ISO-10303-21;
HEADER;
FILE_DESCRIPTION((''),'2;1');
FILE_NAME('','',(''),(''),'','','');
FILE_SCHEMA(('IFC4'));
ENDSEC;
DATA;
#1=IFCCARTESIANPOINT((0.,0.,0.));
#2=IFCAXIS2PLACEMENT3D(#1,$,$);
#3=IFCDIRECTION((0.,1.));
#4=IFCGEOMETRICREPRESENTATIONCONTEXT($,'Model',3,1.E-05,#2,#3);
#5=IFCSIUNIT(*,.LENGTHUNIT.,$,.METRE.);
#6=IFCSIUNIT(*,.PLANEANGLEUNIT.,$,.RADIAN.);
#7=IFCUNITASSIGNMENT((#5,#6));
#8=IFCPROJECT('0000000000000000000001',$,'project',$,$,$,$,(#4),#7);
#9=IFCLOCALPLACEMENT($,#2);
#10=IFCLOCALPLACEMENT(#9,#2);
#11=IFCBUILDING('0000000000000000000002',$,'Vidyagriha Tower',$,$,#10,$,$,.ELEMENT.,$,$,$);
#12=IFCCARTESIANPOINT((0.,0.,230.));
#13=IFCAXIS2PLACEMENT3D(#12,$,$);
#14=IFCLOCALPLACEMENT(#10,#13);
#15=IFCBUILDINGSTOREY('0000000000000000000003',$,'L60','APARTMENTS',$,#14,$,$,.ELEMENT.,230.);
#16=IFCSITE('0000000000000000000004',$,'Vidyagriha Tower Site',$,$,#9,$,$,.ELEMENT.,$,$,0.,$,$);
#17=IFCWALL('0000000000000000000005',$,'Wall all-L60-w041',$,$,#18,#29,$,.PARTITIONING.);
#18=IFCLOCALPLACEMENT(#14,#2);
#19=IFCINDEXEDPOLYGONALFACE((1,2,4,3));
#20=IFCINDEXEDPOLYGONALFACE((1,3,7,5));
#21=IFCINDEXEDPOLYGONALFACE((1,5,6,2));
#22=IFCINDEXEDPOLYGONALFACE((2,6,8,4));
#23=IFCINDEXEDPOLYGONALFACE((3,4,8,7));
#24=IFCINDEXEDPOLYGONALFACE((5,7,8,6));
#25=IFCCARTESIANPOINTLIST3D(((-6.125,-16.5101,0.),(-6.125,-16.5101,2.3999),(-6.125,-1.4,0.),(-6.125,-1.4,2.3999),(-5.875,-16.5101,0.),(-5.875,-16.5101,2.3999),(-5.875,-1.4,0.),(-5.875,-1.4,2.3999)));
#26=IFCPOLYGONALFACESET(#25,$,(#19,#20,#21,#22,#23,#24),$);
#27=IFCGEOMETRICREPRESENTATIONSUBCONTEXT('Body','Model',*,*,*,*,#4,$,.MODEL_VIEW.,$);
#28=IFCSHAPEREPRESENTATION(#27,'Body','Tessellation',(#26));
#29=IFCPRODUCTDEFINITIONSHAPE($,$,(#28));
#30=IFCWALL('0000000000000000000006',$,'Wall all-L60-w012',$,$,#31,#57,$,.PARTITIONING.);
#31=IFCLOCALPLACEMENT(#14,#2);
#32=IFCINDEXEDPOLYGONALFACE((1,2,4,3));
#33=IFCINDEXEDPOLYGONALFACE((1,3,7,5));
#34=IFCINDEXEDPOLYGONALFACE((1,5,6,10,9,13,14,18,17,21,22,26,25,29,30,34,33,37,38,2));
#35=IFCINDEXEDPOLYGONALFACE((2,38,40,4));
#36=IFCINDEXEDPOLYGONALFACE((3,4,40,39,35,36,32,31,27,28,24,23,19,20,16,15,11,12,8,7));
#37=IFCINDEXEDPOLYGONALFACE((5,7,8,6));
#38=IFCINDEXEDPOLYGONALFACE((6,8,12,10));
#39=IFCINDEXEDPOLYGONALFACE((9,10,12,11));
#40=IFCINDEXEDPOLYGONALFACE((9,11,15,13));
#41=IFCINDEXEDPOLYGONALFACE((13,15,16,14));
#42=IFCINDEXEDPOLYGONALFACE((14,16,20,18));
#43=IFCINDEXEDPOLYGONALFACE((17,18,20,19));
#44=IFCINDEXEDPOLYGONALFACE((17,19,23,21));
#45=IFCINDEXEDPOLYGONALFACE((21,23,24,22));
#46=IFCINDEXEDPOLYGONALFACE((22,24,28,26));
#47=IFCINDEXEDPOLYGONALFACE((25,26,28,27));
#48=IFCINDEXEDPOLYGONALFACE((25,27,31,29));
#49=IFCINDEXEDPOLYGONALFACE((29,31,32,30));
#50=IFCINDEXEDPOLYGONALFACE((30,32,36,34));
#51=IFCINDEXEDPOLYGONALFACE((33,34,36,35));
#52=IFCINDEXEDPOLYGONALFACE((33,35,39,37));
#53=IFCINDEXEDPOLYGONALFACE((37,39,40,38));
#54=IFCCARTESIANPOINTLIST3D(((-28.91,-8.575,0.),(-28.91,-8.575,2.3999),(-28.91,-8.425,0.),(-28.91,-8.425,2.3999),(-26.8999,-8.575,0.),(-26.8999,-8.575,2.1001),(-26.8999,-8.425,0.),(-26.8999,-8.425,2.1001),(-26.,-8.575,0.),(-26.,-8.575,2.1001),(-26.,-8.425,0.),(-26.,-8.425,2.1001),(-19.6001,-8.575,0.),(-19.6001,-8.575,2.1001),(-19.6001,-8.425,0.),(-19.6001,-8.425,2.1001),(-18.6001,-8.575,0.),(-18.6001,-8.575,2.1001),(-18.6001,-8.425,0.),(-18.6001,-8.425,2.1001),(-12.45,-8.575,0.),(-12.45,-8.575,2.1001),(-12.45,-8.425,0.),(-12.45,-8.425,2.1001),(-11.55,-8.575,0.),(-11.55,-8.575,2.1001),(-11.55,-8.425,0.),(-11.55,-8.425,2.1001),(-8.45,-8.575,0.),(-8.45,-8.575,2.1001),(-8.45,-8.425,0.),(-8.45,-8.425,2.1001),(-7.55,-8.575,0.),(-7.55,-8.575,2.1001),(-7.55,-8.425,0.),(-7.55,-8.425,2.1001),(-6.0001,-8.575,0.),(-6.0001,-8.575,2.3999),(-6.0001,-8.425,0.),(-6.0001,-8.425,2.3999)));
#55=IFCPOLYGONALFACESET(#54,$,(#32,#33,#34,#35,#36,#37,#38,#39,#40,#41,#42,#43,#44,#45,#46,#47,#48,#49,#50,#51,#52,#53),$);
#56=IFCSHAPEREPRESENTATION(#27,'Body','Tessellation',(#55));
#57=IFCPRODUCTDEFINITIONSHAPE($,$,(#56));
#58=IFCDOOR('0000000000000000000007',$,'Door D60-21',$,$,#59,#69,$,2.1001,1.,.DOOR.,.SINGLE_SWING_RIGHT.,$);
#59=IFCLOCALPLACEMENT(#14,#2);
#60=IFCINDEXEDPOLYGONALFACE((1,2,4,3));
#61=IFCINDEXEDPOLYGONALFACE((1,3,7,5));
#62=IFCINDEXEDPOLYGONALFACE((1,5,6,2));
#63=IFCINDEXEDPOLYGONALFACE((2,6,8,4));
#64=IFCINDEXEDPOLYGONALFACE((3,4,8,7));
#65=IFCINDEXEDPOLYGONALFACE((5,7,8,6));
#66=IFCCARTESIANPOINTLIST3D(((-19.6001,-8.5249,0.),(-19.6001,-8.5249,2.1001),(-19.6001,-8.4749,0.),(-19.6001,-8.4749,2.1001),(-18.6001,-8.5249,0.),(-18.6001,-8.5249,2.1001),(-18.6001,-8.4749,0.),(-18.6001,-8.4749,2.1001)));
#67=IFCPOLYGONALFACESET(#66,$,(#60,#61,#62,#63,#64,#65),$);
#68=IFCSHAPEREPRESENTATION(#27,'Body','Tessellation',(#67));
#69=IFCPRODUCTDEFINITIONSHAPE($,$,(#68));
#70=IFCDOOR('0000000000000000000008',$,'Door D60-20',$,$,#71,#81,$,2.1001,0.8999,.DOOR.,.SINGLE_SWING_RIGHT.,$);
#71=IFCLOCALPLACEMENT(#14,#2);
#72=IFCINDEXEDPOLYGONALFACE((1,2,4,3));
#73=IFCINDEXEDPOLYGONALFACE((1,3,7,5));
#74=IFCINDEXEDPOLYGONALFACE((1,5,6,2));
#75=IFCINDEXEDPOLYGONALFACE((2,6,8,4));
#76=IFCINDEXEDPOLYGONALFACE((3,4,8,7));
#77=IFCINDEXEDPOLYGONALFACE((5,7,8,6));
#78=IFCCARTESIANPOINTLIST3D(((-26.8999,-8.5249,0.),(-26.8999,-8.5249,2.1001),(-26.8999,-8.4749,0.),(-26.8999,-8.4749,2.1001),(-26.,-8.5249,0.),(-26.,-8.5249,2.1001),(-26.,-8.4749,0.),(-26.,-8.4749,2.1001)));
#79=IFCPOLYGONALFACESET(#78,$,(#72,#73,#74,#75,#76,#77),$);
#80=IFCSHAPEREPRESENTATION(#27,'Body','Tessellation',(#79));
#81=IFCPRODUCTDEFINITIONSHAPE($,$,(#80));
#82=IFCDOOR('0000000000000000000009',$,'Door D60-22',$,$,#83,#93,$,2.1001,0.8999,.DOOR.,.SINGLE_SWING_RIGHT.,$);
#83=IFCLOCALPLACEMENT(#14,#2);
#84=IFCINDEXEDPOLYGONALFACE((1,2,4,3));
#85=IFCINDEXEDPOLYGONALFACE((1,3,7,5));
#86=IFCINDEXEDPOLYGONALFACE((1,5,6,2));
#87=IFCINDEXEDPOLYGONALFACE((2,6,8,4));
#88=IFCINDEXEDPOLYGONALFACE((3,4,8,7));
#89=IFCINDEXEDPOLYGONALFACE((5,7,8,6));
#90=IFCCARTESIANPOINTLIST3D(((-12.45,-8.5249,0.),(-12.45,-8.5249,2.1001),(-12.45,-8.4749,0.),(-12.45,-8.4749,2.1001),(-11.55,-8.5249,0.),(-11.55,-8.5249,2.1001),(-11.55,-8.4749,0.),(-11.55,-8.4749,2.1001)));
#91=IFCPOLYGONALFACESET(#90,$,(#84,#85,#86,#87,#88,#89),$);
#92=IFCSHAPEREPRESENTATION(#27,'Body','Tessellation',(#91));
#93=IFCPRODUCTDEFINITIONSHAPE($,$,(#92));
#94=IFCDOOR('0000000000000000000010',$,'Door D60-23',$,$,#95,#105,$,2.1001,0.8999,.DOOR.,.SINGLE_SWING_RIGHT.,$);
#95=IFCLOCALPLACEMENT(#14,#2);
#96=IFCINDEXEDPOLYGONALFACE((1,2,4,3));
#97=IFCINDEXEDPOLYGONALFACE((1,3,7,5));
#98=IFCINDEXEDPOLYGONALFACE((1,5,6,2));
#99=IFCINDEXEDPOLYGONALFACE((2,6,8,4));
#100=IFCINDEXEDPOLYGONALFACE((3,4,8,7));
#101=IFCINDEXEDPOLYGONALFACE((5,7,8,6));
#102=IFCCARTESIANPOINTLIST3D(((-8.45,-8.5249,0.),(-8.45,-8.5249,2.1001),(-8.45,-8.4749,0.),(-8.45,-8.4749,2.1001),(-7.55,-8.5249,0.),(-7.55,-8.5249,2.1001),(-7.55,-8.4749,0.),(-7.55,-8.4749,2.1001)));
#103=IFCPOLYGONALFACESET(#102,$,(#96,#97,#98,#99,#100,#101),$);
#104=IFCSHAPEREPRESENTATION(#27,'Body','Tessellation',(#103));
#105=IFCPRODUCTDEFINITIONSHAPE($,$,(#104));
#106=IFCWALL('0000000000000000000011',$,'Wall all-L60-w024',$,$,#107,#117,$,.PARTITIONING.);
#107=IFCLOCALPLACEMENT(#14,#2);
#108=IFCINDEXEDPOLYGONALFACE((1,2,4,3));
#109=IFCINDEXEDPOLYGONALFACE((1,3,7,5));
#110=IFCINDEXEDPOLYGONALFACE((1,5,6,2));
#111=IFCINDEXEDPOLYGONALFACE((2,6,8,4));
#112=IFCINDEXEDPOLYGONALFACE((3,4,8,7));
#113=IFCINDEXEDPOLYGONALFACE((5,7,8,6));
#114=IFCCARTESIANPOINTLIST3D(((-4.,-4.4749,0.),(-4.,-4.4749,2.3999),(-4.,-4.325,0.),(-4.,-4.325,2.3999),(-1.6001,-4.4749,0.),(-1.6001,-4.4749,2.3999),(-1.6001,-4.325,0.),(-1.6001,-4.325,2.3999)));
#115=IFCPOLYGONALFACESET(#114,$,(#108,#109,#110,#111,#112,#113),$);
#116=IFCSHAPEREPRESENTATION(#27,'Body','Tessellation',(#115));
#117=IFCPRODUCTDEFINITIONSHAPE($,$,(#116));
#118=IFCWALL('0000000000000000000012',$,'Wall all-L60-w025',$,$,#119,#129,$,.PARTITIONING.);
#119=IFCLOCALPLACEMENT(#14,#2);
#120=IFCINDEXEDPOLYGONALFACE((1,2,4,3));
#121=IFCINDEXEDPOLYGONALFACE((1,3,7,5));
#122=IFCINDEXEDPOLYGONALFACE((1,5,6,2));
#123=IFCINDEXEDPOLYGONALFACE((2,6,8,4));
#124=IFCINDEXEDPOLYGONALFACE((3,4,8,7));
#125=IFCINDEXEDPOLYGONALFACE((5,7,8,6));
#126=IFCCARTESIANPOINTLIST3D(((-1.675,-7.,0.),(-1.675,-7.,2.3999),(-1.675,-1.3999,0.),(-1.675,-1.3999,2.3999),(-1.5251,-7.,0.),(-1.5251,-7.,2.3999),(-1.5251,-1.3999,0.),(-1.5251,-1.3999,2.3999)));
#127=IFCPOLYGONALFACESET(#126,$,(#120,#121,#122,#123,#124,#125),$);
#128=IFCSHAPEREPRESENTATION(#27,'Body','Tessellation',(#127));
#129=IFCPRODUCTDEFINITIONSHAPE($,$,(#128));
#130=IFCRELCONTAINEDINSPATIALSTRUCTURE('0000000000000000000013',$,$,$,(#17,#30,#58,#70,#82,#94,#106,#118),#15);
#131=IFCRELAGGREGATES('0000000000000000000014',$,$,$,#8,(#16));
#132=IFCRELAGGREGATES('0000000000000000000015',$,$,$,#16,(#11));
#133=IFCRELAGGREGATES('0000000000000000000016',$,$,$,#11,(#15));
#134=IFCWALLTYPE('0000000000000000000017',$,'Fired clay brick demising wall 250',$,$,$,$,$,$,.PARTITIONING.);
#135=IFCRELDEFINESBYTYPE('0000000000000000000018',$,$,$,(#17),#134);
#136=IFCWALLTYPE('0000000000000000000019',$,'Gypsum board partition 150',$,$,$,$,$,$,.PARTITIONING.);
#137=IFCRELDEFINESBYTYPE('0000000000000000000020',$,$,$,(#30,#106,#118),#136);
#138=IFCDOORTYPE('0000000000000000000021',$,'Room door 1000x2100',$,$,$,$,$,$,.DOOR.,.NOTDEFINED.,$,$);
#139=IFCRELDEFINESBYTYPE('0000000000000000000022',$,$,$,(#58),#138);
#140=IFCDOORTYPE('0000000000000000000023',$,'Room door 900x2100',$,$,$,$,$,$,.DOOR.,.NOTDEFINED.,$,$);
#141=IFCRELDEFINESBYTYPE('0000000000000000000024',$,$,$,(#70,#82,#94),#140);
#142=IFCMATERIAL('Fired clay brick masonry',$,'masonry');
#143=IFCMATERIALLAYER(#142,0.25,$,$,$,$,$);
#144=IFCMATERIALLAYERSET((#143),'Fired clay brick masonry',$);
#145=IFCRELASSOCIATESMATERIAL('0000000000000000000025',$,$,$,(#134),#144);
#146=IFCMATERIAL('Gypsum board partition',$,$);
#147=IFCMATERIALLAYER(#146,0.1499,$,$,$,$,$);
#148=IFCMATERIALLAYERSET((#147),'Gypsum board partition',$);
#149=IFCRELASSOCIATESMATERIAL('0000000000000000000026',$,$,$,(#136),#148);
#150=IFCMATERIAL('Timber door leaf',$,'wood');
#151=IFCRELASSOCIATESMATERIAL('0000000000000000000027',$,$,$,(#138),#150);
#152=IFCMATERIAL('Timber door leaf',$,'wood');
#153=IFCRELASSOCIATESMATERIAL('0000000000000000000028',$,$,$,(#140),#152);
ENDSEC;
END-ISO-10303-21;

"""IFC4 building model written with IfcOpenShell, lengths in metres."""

from ifc_helpers import new_model, si_unit, direction, frame, frame_2d, origin, place, context, subcontext, project, spatial, rectangle, extrude, material, layer, layer_set, type_object, element, fill, save


model = new_model("IFC4")

# Units and contexts
model_context = context("Model", 3, precision=1e-05, world=origin(), true_north=direction((0.0, 1.0)))
body_context = subcontext(model_context, "Body", "Model", "MODEL_VIEW")
ifc_project = project(units=[si_unit("LENGTHUNIT", "METRE"), si_unit("PLANEANGLEUNIT", "RADIAN")], contexts=[model_context])

# Site, building, storey
site_placement = place(None, origin())
site = spatial("IfcSite", under=ifc_project, at=site_placement, Name="Vidyagriha Tower Site", CompositionType="ELEMENT", RefElevation=0.0)
building_placement = place(site_placement, origin())
building = spatial("IfcBuilding", under=site, at=building_placement, Name="Vidyagriha Tower", CompositionType="ELEMENT")
storey_placement = place(building_placement, frame((0.0, 0.0, 230.0)))
storey = spatial("IfcBuildingStorey", under=building, at=storey_placement, Name="L60", Description="APARTMENTS", CompositionType="ELEMENT", Elevation=230.0)

# Wall
ifc_material_1 = material(Name="Fired clay brick masonry", Category="masonry")
ifc_layer_1 = layer(ifc_material_1, 0.25)
ifc_layer_set_1 = layer_set([ifc_layer_1], Name="Fired clay brick masonry")
wall_type_1 = type_object("IfcWallType", Name="Fired clay brick demising wall 250", PredefinedType="PARTITIONING", material=ifc_layer_set_1)
wall_1_placement = place(storey_placement, frame((-6.0, -1.3999, 0.0), z_axis=(0.0, 0.0, 1.0), x_axis=(0.0, -1.0, 0.0)))
element("IfcWall", 1, at=wall_1_placement, inside=storey, type_object=wall_type_1, Name="Wall all-L60-w041", PredefinedType="PARTITIONING", context=body_context, shape_type="SweptSolid", body=[
    extrude(rectangle(XDim=15.1101, YDim=0.25, at=frame_2d((7.5552, 0.0))), origin(), (0.0, 0.0, 1.0), 2.3999),
])

# Wall, openings, doors
ifc_material_2 = material(Name="Gypsum board partition")
ifc_layer_2 = layer(ifc_material_2, 0.1499)
ifc_layer_set_2 = layer_set([ifc_layer_2], Name="Gypsum board partition")
wall_type_2 = type_object("IfcWallType", Name="Gypsum board partition 150", PredefinedType="PARTITIONING", material=ifc_layer_set_2)
wall_2_placement = place(storey_placement, frame((-6.0, -8.5, 0.0), z_axis=(0.0, 0.0, 1.0), x_axis=(-1.0, 0.0, 0.0)))
wall_2 = element("IfcWall", 2, at=wall_2_placement, inside=storey, type_object=wall_type_2, Name="Wall all-L60-w012", PredefinedType="PARTITIONING", context=body_context, shape_type="SweptSolid", body=[
    extrude(rectangle(XDim=22.9099, YDim=0.1499, at=frame_2d((11.4551, 0.0))), origin(), (0.0, 0.0, 1.0), 2.3999),
])
opening_1_placement = place(wall_2_placement, frame((20.0, 0.0, 0.0)))
opening_1 = element("IfcOpeningElement", 3, at=opening_1_placement, cuts=wall_2, PredefinedType="OPENING", context=body_context, shape_type="SweptSolid", body=[
    extrude(rectangle(XDim=0.8999, YDim=2.1001, at=frame_2d((0.45, 1.05))), frame((0.0, 0.085, 0.0), z_axis=(0.0, -1.0, 0.0), x_axis=(1.0, 0.0, 0.0)), (0.0, 0.0, 1.0), 0.1699),
])
opening_2_placement = place(wall_2_placement, frame((12.6001, 0.0, 0.0)))
opening_2 = element("IfcOpeningElement", 4, at=opening_2_placement, cuts=wall_2, PredefinedType="OPENING", context=body_context, shape_type="SweptSolid", body=[
    extrude(rectangle(XDim=1.0, YDim=2.1001, at=frame_2d((0.5, 1.05))), frame((0.0, 0.085, 0.0), z_axis=(0.0, -1.0, 0.0), x_axis=(1.0, 0.0, 0.0)), (0.0, 0.0, 1.0), 0.1699),
])
opening_3_placement = place(wall_2_placement, frame((5.55, 0.0, 0.0)))
opening_3 = element("IfcOpeningElement", 5, at=opening_3_placement, cuts=wall_2, PredefinedType="OPENING", context=body_context, shape_type="SweptSolid", body=[
    extrude(rectangle(XDim=0.8999, YDim=2.1001, at=frame_2d((0.45, 1.05))), frame((0.0, 0.085, 0.0), z_axis=(0.0, -1.0, 0.0), x_axis=(1.0, 0.0, 0.0)), (0.0, 0.0, 1.0), 0.1699),
])
opening_4_placement = place(wall_2_placement, frame((1.55, 0.0, 0.0)))
opening_4 = element("IfcOpeningElement", 6, at=opening_4_placement, cuts=wall_2, PredefinedType="OPENING", context=body_context, shape_type="SweptSolid", body=[
    extrude(rectangle(XDim=0.8999, YDim=2.1001, at=frame_2d((0.45, 1.05))), frame((0.0, 0.085, 0.0), z_axis=(0.0, -1.0, 0.0), x_axis=(1.0, 0.0, 0.0)), (0.0, 0.0, 1.0), 0.1699),
])
ifc_material_3 = material(Name="Timber door leaf", Category="wood")
door_type_1 = type_object("IfcDoorType", Name="Room door 1000x2100", OperationType="NOTDEFINED", PredefinedType="DOOR", material=ifc_material_3)
door_1_placement = place(opening_2_placement, origin())
door_1 = element("IfcDoor", 7, at=door_1_placement, inside=storey, type_object=door_type_1, Name="Door D60-21", OperationType="SINGLE_SWING_RIGHT", OverallHeight=2.1001, OverallWidth=1.0, PredefinedType="DOOR", context=body_context, shape_type="SweptSolid", body=[
    extrude(rectangle(XDim=1.0, YDim=2.1001, at=frame_2d((0.5, 1.05))), frame((0.0, 0.0249, 0.0), z_axis=(0.0, -1.0, 0.0), x_axis=(1.0, 0.0, 0.0)), (0.0, 0.0, 1.0), 0.05),
])
fill(opening_2, door_1)
ifc_material_4 = material(Name="Timber door leaf", Category="wood")
door_type_2 = type_object("IfcDoorType", Name="Room door 900x2100", OperationType="NOTDEFINED", PredefinedType="DOOR", material=ifc_material_4)
door_2_placement = place(opening_1_placement, origin())
door_2 = element("IfcDoor", 8, at=door_2_placement, inside=storey, type_object=door_type_2, Name="Door D60-20", OperationType="SINGLE_SWING_RIGHT", OverallHeight=2.1001, OverallWidth=0.8999, PredefinedType="DOOR", context=body_context, shape_type="SweptSolid", body=[
    extrude(rectangle(XDim=0.8999, YDim=2.1001, at=frame_2d((0.45, 1.05))), frame((0.0, 0.0249, 0.0), z_axis=(0.0, -1.0, 0.0), x_axis=(1.0, 0.0, 0.0)), (0.0, 0.0, 1.0), 0.05),
])
fill(opening_1, door_2)
door_3_placement = place(opening_3_placement, origin())
door_3 = element("IfcDoor", 9, at=door_3_placement, inside=storey, type_object=door_type_2, Name="Door D60-22", OperationType="SINGLE_SWING_RIGHT", OverallHeight=2.1001, OverallWidth=0.8999, PredefinedType="DOOR", context=body_context, shape_type="SweptSolid", body=[
    extrude(rectangle(XDim=0.8999, YDim=2.1001, at=frame_2d((0.45, 1.05))), frame((0.0, 0.0249, 0.0), z_axis=(0.0, -1.0, 0.0), x_axis=(1.0, 0.0, 0.0)), (0.0, 0.0, 1.0), 0.05),
])
fill(opening_3, door_3)
door_4_placement = place(opening_4_placement, origin())
door_4 = element("IfcDoor", 10, at=door_4_placement, inside=storey, type_object=door_type_2, Name="Door D60-23", OperationType="SINGLE_SWING_RIGHT", OverallHeight=2.1001, OverallWidth=0.8999, PredefinedType="DOOR", context=body_context, shape_type="SweptSolid", body=[
    extrude(rectangle(XDim=0.8999, YDim=2.1001, at=frame_2d((0.45, 1.05))), frame((0.0, 0.0249, 0.0), z_axis=(0.0, -1.0, 0.0), x_axis=(1.0, 0.0, 0.0)), (0.0, 0.0, 1.0), 0.05),
])
fill(opening_4, door_4)

# Walls
wall_3_placement = place(storey_placement, frame((-1.6001, -4.3999, 0.0), z_axis=(0.0, 0.0, 1.0), x_axis=(-1.0, 0.0, 0.0)))
element("IfcWall", 11, at=wall_3_placement, inside=storey, type_object=wall_type_2, Name="Wall all-L60-w024", PredefinedType="PARTITIONING", context=body_context, shape_type="SweptSolid", body=[
    extrude(rectangle(XDim=2.3999, YDim=0.1499, at=frame_2d((1.2, 0.0))), origin(), (0.0, 0.0, 1.0), 2.3999),
])
wall_4_placement = place(storey_placement, frame((-1.6001, -1.3999, 0.0), z_axis=(0.0, 0.0, 1.0), x_axis=(0.0, -1.0, 0.0)))
element("IfcWall", 12, at=wall_4_placement, inside=storey, type_object=wall_type_2, Name="Wall all-L60-w025", PredefinedType="PARTITIONING", context=body_context, shape_type="SweptSolid", body=[
    extrude(rectangle(XDim=5.6001, YDim=0.1499, at=frame_2d((2.8, 0.0))), origin(), (0.0, 0.0, 1.0), 2.3999),
])

save(model, "model.ifc")
